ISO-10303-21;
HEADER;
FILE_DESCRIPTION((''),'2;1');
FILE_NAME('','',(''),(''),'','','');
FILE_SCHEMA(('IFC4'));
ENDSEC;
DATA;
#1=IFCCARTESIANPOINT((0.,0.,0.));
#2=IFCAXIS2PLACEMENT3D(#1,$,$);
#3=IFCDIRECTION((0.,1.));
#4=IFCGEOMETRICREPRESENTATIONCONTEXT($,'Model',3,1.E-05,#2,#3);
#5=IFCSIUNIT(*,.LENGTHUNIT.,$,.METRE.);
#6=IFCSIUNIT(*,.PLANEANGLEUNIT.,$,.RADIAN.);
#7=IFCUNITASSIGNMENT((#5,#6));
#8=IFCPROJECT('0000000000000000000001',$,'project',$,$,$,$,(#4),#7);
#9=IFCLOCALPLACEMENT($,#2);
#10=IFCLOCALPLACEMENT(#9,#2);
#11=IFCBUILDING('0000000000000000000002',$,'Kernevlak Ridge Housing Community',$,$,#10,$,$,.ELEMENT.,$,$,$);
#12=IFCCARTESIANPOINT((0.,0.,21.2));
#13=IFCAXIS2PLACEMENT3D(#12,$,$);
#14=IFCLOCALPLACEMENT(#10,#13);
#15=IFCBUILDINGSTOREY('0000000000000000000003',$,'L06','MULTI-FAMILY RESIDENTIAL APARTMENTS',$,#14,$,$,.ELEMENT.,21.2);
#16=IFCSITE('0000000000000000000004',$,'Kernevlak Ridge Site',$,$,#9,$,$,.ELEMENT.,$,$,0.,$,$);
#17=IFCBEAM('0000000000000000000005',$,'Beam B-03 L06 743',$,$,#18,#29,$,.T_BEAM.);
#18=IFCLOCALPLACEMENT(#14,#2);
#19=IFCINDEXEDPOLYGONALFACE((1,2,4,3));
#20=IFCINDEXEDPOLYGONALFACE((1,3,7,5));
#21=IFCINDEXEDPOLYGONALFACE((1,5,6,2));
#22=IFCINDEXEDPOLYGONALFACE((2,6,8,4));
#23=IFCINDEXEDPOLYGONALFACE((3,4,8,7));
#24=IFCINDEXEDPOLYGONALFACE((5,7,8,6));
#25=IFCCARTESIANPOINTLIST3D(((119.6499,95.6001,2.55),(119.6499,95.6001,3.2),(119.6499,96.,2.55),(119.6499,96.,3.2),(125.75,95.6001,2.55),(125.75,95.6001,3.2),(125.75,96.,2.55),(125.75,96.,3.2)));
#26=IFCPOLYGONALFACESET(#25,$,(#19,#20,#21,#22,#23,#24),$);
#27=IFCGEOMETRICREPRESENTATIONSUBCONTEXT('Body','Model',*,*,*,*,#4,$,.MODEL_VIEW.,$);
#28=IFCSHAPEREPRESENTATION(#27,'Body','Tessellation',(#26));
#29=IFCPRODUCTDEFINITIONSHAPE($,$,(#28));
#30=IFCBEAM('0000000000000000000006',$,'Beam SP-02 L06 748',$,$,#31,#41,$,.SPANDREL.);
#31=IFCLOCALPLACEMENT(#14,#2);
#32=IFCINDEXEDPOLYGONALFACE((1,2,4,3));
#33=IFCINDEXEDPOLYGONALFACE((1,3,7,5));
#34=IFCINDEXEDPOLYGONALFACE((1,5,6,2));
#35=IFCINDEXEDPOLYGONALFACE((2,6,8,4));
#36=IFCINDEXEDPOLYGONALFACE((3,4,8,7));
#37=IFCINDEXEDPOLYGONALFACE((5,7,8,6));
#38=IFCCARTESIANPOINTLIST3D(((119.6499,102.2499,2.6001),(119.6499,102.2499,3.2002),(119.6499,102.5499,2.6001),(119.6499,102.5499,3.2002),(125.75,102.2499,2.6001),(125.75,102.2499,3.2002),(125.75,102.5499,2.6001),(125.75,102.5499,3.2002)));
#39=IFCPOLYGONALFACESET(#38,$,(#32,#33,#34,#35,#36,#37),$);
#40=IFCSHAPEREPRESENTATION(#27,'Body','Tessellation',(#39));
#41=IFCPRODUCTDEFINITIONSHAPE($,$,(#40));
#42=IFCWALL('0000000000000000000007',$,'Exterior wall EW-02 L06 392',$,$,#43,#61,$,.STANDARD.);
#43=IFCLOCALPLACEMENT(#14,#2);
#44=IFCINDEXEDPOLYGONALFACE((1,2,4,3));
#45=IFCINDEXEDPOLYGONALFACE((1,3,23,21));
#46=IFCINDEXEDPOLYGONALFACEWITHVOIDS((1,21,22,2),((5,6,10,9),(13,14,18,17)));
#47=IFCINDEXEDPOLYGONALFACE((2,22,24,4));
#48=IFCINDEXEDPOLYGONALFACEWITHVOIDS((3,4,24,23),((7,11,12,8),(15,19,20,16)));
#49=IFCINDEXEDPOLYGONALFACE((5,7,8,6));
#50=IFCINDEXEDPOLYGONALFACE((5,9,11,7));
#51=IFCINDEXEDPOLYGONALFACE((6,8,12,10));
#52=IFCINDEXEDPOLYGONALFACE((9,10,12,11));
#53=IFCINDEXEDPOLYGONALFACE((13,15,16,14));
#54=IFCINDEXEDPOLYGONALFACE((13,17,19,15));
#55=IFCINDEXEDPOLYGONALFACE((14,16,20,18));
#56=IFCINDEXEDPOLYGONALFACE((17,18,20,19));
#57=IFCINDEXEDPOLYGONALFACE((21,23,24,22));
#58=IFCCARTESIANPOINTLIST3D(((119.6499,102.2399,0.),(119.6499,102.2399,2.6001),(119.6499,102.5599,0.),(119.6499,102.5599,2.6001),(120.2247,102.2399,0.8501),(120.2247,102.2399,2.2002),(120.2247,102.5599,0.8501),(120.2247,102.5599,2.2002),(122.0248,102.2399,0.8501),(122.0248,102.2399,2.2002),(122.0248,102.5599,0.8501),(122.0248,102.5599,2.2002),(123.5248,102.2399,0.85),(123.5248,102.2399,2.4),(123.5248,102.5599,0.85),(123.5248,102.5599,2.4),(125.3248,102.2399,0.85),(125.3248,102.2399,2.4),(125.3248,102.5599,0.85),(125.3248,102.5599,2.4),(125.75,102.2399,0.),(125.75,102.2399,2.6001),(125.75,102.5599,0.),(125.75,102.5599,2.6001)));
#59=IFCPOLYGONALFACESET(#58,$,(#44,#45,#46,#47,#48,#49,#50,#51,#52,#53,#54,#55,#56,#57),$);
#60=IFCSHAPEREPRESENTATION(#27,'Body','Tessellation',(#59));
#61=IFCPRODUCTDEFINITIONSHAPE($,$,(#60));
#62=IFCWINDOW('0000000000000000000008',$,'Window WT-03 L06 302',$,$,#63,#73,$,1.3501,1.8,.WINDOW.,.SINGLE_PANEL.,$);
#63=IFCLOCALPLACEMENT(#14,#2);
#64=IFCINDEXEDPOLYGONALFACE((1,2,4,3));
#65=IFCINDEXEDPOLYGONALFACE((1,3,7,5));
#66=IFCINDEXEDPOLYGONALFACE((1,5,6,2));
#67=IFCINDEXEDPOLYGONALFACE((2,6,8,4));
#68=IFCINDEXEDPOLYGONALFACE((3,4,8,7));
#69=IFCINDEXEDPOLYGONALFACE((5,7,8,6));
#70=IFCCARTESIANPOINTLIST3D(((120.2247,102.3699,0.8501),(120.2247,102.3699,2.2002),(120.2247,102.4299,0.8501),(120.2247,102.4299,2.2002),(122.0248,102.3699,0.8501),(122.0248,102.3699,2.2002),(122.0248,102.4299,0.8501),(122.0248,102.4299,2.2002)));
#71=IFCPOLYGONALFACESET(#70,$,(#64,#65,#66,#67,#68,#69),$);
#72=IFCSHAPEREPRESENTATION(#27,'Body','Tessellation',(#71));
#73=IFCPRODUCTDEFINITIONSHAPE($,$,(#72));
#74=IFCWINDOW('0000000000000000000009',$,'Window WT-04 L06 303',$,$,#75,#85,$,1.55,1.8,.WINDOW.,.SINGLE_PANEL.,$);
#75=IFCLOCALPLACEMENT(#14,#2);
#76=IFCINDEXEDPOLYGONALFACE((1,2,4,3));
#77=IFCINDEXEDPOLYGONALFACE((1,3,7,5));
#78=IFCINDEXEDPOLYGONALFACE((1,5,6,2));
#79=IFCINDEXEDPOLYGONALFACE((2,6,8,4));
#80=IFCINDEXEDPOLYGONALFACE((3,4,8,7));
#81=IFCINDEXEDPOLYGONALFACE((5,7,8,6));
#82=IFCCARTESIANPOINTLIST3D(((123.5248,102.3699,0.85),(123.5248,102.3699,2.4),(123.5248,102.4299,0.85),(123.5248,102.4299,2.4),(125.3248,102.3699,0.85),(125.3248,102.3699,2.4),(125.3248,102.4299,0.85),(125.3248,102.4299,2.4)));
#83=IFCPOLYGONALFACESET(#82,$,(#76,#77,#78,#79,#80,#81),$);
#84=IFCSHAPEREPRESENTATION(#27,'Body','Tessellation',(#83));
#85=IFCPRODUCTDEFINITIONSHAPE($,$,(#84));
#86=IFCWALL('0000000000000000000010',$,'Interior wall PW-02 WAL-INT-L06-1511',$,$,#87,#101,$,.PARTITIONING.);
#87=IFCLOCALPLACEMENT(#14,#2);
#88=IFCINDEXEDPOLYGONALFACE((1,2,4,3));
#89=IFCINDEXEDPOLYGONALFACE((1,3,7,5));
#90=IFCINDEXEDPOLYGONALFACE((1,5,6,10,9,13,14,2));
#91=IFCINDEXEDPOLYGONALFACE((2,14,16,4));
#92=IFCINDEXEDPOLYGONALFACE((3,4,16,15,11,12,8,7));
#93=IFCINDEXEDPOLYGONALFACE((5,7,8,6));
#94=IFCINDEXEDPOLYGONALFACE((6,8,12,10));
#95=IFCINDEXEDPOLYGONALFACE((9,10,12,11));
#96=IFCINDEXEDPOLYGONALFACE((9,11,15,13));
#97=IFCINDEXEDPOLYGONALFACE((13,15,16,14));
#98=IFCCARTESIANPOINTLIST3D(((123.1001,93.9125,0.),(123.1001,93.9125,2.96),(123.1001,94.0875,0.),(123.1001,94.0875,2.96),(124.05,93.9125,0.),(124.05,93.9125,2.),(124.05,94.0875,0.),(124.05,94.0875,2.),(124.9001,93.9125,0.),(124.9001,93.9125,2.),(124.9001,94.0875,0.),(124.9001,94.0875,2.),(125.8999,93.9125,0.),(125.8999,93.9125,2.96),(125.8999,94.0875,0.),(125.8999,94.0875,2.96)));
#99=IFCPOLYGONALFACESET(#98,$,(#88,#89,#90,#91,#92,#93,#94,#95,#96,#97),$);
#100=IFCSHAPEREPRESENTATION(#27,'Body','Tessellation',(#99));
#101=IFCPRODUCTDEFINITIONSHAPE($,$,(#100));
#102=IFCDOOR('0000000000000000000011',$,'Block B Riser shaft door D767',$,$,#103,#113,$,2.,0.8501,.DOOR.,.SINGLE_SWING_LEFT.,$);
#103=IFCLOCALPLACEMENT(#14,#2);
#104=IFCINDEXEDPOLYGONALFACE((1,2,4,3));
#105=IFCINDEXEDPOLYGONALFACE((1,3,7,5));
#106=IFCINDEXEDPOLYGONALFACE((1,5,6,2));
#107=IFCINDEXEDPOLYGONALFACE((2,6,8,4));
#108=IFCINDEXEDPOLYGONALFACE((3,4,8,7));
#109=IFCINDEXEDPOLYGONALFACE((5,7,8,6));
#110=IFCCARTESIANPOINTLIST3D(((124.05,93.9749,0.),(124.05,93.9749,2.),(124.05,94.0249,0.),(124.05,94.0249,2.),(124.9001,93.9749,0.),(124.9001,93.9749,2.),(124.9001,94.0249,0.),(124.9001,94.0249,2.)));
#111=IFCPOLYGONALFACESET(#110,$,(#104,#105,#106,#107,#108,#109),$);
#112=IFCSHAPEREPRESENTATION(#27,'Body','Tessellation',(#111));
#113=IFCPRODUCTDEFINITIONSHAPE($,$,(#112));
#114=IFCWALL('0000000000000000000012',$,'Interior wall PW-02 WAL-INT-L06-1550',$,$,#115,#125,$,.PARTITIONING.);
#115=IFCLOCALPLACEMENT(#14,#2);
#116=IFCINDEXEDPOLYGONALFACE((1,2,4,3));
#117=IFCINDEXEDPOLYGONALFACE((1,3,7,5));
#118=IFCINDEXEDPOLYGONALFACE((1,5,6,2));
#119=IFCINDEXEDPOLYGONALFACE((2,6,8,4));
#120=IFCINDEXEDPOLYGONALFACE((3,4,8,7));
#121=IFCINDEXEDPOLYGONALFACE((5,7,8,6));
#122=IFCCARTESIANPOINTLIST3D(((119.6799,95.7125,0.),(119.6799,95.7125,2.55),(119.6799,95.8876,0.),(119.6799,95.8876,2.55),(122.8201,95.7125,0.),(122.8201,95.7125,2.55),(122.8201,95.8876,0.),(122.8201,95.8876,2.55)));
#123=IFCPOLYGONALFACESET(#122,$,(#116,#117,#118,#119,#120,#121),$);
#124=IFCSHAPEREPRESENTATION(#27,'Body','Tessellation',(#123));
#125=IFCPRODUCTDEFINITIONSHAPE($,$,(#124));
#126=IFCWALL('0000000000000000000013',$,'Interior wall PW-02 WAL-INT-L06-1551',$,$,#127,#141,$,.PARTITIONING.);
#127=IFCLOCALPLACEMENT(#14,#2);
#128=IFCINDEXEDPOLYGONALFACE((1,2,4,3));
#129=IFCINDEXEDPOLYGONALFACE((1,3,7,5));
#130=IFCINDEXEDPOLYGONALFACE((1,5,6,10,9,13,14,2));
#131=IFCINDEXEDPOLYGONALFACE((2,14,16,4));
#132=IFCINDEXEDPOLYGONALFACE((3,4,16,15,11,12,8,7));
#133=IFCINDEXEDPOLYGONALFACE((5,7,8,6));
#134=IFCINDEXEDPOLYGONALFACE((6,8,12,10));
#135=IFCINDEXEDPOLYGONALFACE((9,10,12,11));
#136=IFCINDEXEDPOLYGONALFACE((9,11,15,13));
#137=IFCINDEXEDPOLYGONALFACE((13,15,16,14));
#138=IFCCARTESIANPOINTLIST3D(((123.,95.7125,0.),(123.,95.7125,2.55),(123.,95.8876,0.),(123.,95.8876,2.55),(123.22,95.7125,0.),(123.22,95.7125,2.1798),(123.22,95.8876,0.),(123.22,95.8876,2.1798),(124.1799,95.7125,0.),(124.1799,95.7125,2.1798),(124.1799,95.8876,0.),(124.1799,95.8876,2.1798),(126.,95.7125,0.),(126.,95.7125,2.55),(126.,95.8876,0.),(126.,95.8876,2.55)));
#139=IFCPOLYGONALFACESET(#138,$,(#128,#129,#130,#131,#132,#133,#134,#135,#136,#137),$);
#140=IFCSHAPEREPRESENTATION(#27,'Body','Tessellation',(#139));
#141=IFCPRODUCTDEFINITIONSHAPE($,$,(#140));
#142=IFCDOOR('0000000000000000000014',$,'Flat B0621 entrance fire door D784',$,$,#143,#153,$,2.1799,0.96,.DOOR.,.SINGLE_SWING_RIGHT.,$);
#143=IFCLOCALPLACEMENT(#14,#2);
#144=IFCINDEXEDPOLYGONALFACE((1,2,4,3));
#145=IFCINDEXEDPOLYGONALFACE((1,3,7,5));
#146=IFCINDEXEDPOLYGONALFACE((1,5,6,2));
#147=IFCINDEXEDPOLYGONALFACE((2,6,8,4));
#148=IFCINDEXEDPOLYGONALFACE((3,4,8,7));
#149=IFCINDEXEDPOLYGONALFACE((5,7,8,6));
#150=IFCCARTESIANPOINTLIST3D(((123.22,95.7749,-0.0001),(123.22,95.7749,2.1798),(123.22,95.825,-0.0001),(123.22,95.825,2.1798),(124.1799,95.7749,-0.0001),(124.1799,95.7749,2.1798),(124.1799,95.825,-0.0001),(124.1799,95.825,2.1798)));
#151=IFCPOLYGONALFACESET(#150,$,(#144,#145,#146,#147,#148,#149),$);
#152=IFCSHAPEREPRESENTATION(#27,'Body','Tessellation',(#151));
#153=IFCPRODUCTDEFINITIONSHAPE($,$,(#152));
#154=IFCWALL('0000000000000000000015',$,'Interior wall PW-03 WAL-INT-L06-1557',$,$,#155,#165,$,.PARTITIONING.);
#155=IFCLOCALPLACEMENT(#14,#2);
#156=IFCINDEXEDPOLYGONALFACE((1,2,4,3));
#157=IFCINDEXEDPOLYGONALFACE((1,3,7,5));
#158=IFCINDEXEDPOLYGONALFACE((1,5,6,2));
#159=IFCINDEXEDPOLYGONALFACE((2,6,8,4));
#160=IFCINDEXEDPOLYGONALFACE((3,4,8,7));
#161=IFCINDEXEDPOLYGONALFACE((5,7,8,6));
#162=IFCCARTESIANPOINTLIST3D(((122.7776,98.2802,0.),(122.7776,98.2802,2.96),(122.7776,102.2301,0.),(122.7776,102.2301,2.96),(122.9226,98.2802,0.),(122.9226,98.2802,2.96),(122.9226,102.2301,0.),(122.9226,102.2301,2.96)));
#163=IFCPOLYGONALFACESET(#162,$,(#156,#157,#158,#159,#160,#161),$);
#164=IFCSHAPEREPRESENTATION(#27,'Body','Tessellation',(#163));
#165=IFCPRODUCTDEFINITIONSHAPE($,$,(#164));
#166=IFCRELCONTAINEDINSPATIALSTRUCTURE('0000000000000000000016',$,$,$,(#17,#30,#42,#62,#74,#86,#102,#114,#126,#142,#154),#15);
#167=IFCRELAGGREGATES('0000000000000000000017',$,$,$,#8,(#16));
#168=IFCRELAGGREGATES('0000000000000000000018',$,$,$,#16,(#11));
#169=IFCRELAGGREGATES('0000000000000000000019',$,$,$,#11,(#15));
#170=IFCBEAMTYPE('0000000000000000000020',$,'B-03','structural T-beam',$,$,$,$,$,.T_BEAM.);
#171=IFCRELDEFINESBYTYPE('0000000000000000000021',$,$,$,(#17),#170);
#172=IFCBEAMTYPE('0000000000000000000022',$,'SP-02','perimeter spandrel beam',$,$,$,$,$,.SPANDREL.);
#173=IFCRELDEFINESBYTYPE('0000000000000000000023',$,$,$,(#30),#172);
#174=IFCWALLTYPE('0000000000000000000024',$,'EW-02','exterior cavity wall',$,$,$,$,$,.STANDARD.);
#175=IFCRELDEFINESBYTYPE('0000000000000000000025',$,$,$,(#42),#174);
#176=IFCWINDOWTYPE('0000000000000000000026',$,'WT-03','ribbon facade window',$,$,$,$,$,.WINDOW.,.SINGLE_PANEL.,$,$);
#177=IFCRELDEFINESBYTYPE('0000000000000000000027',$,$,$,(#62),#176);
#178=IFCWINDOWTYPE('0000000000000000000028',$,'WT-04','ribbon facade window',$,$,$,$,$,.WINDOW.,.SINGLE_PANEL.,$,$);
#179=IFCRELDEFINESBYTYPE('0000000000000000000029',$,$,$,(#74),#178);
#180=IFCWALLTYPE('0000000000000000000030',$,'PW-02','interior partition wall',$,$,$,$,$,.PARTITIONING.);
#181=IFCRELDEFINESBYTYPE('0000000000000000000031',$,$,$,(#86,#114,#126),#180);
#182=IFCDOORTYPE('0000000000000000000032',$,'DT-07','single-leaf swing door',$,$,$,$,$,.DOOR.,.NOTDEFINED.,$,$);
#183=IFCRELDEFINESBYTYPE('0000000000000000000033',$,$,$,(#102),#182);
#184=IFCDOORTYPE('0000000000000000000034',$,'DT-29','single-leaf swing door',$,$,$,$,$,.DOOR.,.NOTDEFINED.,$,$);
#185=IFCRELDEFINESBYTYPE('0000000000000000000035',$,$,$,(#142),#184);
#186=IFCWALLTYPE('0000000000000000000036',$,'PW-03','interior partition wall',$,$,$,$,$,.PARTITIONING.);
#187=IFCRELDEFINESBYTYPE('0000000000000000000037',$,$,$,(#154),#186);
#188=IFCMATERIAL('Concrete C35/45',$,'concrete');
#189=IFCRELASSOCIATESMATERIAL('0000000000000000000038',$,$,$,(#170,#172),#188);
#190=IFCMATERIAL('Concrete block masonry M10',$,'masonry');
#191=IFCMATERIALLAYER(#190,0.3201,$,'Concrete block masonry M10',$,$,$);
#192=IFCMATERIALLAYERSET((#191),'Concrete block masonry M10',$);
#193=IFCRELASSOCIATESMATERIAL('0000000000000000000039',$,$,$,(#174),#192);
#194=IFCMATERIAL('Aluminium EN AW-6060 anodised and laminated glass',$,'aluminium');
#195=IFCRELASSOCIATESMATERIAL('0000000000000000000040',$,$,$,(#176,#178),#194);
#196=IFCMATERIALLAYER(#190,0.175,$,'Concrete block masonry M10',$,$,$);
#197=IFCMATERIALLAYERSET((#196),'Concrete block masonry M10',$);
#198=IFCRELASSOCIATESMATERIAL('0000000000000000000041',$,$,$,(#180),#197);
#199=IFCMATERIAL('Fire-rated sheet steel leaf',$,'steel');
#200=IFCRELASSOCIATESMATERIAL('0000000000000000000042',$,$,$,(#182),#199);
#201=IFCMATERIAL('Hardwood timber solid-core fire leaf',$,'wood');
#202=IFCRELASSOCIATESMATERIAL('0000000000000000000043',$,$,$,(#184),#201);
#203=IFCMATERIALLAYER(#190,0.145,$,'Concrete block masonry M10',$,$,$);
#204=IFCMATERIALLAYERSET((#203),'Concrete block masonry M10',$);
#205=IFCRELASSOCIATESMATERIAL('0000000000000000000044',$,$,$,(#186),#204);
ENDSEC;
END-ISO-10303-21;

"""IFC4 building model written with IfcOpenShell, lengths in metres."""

from ifc_helpers import new_model, si_unit, direction, frame, frame_2d, origin, origin_2d, place, context, subcontext, project, spatial, rectangle, extrude, material, layer, layer_set, material_profile, profile_set, type_object, element, fill, save


model = new_model("IFC4")

# Units and contexts
model_context = context("Model", 3, precision=1e-05, world=origin(), true_north=direction((0.0, 1.0)))
body_context = subcontext(model_context, "Body", "Model", "MODEL_VIEW")
ifc_project = project(units=[si_unit("LENGTHUNIT", "METRE"), si_unit("PLANEANGLEUNIT", "RADIAN")], contexts=[model_context])

# Site, building, storey
site_placement = place(None, origin())
site = spatial("IfcSite", under=ifc_project, at=site_placement, Name="Kernevlak Ridge Site", CompositionType="ELEMENT", RefElevation=0.0)
building_placement = place(site_placement, origin())
building = spatial("IfcBuilding", under=site, at=building_placement, Name="Kernevlak Ridge Housing Community", CompositionType="ELEMENT")
storey_placement = place(building_placement, frame((0.0, 0.0, 21.2)))
storey = spatial("IfcBuildingStorey", under=building, at=storey_placement, Name="L06", Description="MULTI-FAMILY RESIDENTIAL APARTMENTS", CompositionType="ELEMENT", Elevation=21.2)

# Beams
ifc_material_1 = material(Name="Concrete C35/45", Category="concrete")
ifc_material_profile_1 = material_profile(ifc_material_1, rectangle(XDim=0.3999, YDim=0.6499, at=origin_2d()), Name="RC 400x650")
ifc_profile_set_1 = profile_set([ifc_material_profile_1], Name="Concrete C35/45")
beam_type_1 = type_object("IfcBeamType", Name="B-03", Description="structural T-beam", PredefinedType="T_BEAM", material=ifc_profile_set_1)
beam_1_placement = place(storey_placement, frame((119.6499, 95.8, 2.875), z_axis=(1.0, 0.0, 0.0), x_axis=(0.0, 1.0, 0.0)))
element("IfcBeam", 1, at=beam_1_placement, inside=storey, type_object=beam_type_1, Name="Beam B-03 L06 743", PredefinedType="T_BEAM", context=body_context, shape_type="SweptSolid", body=[
    extrude(rectangle(XDim=0.3999, YDim=0.6499, at=origin_2d()), origin(), (0.0, 0.0, 1.0), 6.1001),
])
ifc_material_profile_2 = material_profile(ifc_material_1, rectangle(XDim=0.3, YDim=0.6001, at=origin_2d()), Name="RC 300x600")
ifc_profile_set_2 = profile_set([ifc_material_profile_2], Name="Concrete C35/45")
beam_type_2 = type_object("IfcBeamType", Name="SP-02", Description="perimeter spandrel beam", PredefinedType="SPANDREL", material=ifc_profile_set_2)
beam_2_placement = place(storey_placement, frame((119.6499, 102.3999, 2.9001), z_axis=(1.0, 0.0, 0.0), x_axis=(0.0, 1.0, 0.0)))
element("IfcBeam", 2, at=beam_2_placement, inside=storey, type_object=beam_type_2, Name="Beam SP-02 L06 748", PredefinedType="SPANDREL", context=body_context, shape_type="SweptSolid", body=[
    extrude(rectangle(XDim=0.3, YDim=0.6001, at=origin_2d()), origin(), (0.0, 0.0, 1.0), 6.1001),
])

# Wall, openings, windows
ifc_material_2 = material(Name="Concrete block masonry M10", Category="masonry")
ifc_layer_1 = layer(ifc_material_2, 0.3201, Name="Concrete block masonry M10")
ifc_layer_set_1 = layer_set([ifc_layer_1], Name="Concrete block masonry M10")
wall_type_1 = type_object("IfcWallType", Name="EW-02", Description="exterior cavity wall", PredefinedType="STANDARD", material=ifc_layer_set_1)
wall_1_placement = place(storey_placement, frame((119.6499, 102.3999, 0.0), z_axis=(0.0, 0.0, 1.0), x_axis=(1.0, 0.0, 0.0)))
wall_1 = element("IfcWall", 3, at=wall_1_placement, inside=storey, type_object=wall_type_1, Name="Exterior wall EW-02 L06 392", PredefinedType="STANDARD", context=body_context, shape_type="SweptSolid", body=[
    extrude(rectangle(XDim=6.1001, YDim=0.3201, at=frame_2d((3.05, 0.0))), origin(), (0.0, 0.0, 1.0), 2.6001),
])
opening_1_placement = place(wall_1_placement, frame((0.575, 0.0, 0.8501)))
opening_1 = element("IfcOpeningElement", 4, at=opening_1_placement, cuts=wall_1, PredefinedType="OPENING", context=body_context, shape_type="SweptSolid", body=[
    extrude(rectangle(XDim=1.8, YDim=1.3501, at=frame_2d((0.8999, 0.675))), frame((0.0, 0.1699, 0.0), z_axis=(0.0, -1.0, 0.0), x_axis=(1.0, 0.0, 0.0)), (0.0, 0.0, 1.0), 0.3401),
])
opening_2_placement = place(wall_1_placement, frame((3.875, 0.0, 0.8501)))
opening_2 = element("IfcOpeningElement", 5, at=opening_2_placement, cuts=wall_1, PredefinedType="OPENING", context=body_context, shape_type="SweptSolid", body=[
    extrude(rectangle(XDim=1.8, YDim=1.55, at=frame_2d((0.8999, 0.7749))), frame((0.0, 0.1699, 0.0), z_axis=(0.0, -1.0, 0.0), x_axis=(1.0, 0.0, 0.0)), (0.0, 0.0, 1.0), 0.3401),
])
ifc_material_3 = material(Name="Aluminium EN AW-6060 anodised and laminated glass", Category="aluminium")
window_type_1 = type_object("IfcWindowType", Name="WT-03", Description="ribbon facade window", PartitioningType="SINGLE_PANEL", PredefinedType="WINDOW", material=ifc_material_3)
window_1_placement = place(opening_1_placement, origin())
window_1 = element("IfcWindow", 6, at=window_1_placement, inside=storey, type_object=window_type_1, Name="Window WT-03 L06 302", OverallHeight=1.3501, OverallWidth=1.8, PartitioningType="SINGLE_PANEL", PredefinedType="WINDOW", context=body_context, shape_type="SweptSolid", body=[
    extrude(rectangle(XDim=1.8, YDim=1.3501, at=frame_2d((0.8999, 0.675))), frame((0.0, 0.03, 0.0), z_axis=(0.0, -1.0, 0.0), x_axis=(1.0, 0.0, 0.0)), (0.0, 0.0, 1.0), 0.0601),
])
fill(opening_1, window_1)
window_type_2 = type_object("IfcWindowType", Name="WT-04", Description="ribbon facade window", PartitioningType="SINGLE_PANEL", PredefinedType="WINDOW", material=ifc_material_3)
window_2_placement = place(opening_2_placement, origin())
window_2 = element("IfcWindow", 7, at=window_2_placement, inside=storey, type_object=window_type_2, Name="Window WT-04 L06 303", OverallHeight=1.55, OverallWidth=1.8, PartitioningType="SINGLE_PANEL", PredefinedType="WINDOW", context=body_context, shape_type="SweptSolid", body=[
    extrude(rectangle(XDim=1.8, YDim=1.55, at=frame_2d((0.8999, 0.7749))), frame((0.0, 0.03, 0.0), z_axis=(0.0, -1.0, 0.0), x_axis=(1.0, 0.0, 0.0)), (0.0, 0.0, 1.0), 0.0601),
])
fill(opening_2, window_2)

# Wall, opening, door
ifc_layer_2 = layer(ifc_material_2, 0.175, Name="Concrete block masonry M10")
ifc_layer_set_2 = layer_set([ifc_layer_2], Name="Concrete block masonry M10")
wall_type_2 = type_object("IfcWallType", Name="PW-02", Description="interior partition wall", PredefinedType="PARTITIONING", material=ifc_layer_set_2)
wall_2_placement = place(storey_placement, frame((123.1001, 94.0, 0.0), z_axis=(0.0, 0.0, 1.0), x_axis=(1.0, 0.0, 0.0)))
wall_2 = element("IfcWall", 8, at=wall_2_placement, inside=storey, type_object=wall_type_2, Name="Interior wall PW-02 WAL-INT-L06-1511", PredefinedType="PARTITIONING", context=body_context, shape_type="SweptSolid", body=[
    extrude(rectangle(XDim=2.7998, YDim=0.175, at=frame_2d((1.3999, 0.0))), origin(), (0.0, 0.0, 1.0), 2.96),
])
opening_3_placement = place(wall_2_placement, frame((0.95, 0.0, 0.0)))
opening_3 = element("IfcOpeningElement", 9, at=opening_3_placement, cuts=wall_2, PredefinedType="OPENING", context=body_context, shape_type="SweptSolid", body=[
    extrude(rectangle(XDim=0.8501, YDim=2.0, at=frame_2d((0.425, 1.0))), frame((0.0, 0.0974, 0.0), z_axis=(0.0, -1.0, 0.0), x_axis=(1.0, 0.0, 0.0)), (0.0, 0.0, 1.0), 0.1951),
])
ifc_material_4 = material(Name="Fire-rated sheet steel leaf", Category="steel")
door_type_1 = type_object("IfcDoorType", Name="DT-07", Description="single-leaf swing door", OperationType="NOTDEFINED", PredefinedType="DOOR", material=ifc_material_4)
door_1_placement = place(opening_3_placement, origin())
door_1 = element("IfcDoor", 10, at=door_1_placement, inside=storey, type_object=door_type_1, Name="Block B Riser shaft door D767", OperationType="SINGLE_SWING_LEFT", OverallHeight=2.0, OverallWidth=0.8501, PredefinedType="DOOR", context=body_context, shape_type="SweptSolid", body=[
    extrude(rectangle(XDim=0.8501, YDim=2.0, at=frame_2d((0.425, 1.0))), frame((0.0, 0.0249, 0.0), z_axis=(0.0, -1.0, 0.0), x_axis=(1.0, 0.0, 0.0)), (0.0, 0.0, 1.0), 0.05),
])
fill(opening_3, door_1)

# Wall
wall_3_placement = place(storey_placement, frame((119.6799, 95.8, 0.0), z_axis=(0.0, 0.0, 1.0), x_axis=(1.0, 0.0, 0.0)))
element("IfcWall", 11, at=wall_3_placement, inside=storey, type_object=wall_type_2, Name="Interior wall PW-02 WAL-INT-L06-1550", PredefinedType="PARTITIONING", context=body_context, shape_type="SweptSolid", body=[
    extrude(rectangle(XDim=3.1401, YDim=0.175, at=frame_2d((1.5701, 0.0))), origin(), (0.0, 0.0, 1.0), 2.55),
])

# Wall, opening, door
wall_4_placement = place(storey_placement, frame((123.0, 95.8, 0.0), z_axis=(0.0, 0.0, 1.0), x_axis=(1.0, 0.0, 0.0)))
wall_4 = element("IfcWall", 12, at=wall_4_placement, inside=storey, type_object=wall_type_2, Name="Interior wall PW-02 WAL-INT-L06-1551", PredefinedType="PARTITIONING", context=body_context, shape_type="SweptSolid", body=[
    extrude(rectangle(XDim=3.0, YDim=0.175, at=frame_2d((1.5, 0.0))), origin(), (0.0, 0.0, 1.0), 2.55),
])
opening_4_placement = place(wall_4_placement, frame((0.22, 0.0, 0.0)))
opening_4 = element("IfcOpeningElement", 13, at=opening_4_placement, cuts=wall_4, PredefinedType="OPENING", context=body_context, shape_type="SweptSolid", body=[
    extrude(rectangle(XDim=0.96, YDim=2.1799, at=frame_2d((0.48, 1.0898))), frame((0.0, 0.0974, 0.0), z_axis=(0.0, -1.0, 0.0), x_axis=(1.0, 0.0, 0.0)), (0.0, 0.0, 1.0), 0.1951),
])
ifc_material_5 = material(Name="Hardwood timber solid-core fire leaf", Category="wood")
door_type_2 = type_object("IfcDoorType", Name="DT-29", Description="single-leaf swing door", OperationType="NOTDEFINED", PredefinedType="DOOR", material=ifc_material_5)
door_2_placement = place(opening_4_placement, origin())
door_2 = element("IfcDoor", 14, at=door_2_placement, inside=storey, type_object=door_type_2, Name="Flat B0621 entrance fire door D784", OperationType="SINGLE_SWING_RIGHT", OverallHeight=2.1799, OverallWidth=0.96, PredefinedType="DOOR", context=body_context, shape_type="SweptSolid", body=[
    extrude(rectangle(XDim=0.96, YDim=2.1799, at=frame_2d((0.48, 1.0898))), frame((0.0, 0.0249, 0.0), z_axis=(0.0, -1.0, 0.0), x_axis=(1.0, 0.0, 0.0)), (0.0, 0.0, 1.0), 0.05),
])
fill(opening_4, door_2)

# Wall
ifc_layer_3 = layer(ifc_material_2, 0.145, Name="Concrete block masonry M10")
ifc_layer_set_3 = layer_set([ifc_layer_3], Name="Concrete block masonry M10")
wall_type_3 = type_object("IfcWallType", Name="PW-03", Description="interior partition wall", PredefinedType="PARTITIONING", material=ifc_layer_set_3)
wall_5_placement = place(storey_placement, frame((122.8501, 98.28, 0.0), z_axis=(0.0, 0.0, 1.0), x_axis=(0.0, 1.0, 0.0)))
element("IfcWall", 15, at=wall_5_placement, inside=storey, type_object=wall_type_3, Name="Interior wall PW-03 WAL-INT-L06-1557", PredefinedType="PARTITIONING", context=body_context, shape_type="SweptSolid", body=[
    extrude(rectangle(XDim=3.95, YDim=0.145, at=frame_2d((1.9751, 0.0))), origin(), (0.0, 0.0, 1.0), 2.96),
])

save(model, "model.ifc")
